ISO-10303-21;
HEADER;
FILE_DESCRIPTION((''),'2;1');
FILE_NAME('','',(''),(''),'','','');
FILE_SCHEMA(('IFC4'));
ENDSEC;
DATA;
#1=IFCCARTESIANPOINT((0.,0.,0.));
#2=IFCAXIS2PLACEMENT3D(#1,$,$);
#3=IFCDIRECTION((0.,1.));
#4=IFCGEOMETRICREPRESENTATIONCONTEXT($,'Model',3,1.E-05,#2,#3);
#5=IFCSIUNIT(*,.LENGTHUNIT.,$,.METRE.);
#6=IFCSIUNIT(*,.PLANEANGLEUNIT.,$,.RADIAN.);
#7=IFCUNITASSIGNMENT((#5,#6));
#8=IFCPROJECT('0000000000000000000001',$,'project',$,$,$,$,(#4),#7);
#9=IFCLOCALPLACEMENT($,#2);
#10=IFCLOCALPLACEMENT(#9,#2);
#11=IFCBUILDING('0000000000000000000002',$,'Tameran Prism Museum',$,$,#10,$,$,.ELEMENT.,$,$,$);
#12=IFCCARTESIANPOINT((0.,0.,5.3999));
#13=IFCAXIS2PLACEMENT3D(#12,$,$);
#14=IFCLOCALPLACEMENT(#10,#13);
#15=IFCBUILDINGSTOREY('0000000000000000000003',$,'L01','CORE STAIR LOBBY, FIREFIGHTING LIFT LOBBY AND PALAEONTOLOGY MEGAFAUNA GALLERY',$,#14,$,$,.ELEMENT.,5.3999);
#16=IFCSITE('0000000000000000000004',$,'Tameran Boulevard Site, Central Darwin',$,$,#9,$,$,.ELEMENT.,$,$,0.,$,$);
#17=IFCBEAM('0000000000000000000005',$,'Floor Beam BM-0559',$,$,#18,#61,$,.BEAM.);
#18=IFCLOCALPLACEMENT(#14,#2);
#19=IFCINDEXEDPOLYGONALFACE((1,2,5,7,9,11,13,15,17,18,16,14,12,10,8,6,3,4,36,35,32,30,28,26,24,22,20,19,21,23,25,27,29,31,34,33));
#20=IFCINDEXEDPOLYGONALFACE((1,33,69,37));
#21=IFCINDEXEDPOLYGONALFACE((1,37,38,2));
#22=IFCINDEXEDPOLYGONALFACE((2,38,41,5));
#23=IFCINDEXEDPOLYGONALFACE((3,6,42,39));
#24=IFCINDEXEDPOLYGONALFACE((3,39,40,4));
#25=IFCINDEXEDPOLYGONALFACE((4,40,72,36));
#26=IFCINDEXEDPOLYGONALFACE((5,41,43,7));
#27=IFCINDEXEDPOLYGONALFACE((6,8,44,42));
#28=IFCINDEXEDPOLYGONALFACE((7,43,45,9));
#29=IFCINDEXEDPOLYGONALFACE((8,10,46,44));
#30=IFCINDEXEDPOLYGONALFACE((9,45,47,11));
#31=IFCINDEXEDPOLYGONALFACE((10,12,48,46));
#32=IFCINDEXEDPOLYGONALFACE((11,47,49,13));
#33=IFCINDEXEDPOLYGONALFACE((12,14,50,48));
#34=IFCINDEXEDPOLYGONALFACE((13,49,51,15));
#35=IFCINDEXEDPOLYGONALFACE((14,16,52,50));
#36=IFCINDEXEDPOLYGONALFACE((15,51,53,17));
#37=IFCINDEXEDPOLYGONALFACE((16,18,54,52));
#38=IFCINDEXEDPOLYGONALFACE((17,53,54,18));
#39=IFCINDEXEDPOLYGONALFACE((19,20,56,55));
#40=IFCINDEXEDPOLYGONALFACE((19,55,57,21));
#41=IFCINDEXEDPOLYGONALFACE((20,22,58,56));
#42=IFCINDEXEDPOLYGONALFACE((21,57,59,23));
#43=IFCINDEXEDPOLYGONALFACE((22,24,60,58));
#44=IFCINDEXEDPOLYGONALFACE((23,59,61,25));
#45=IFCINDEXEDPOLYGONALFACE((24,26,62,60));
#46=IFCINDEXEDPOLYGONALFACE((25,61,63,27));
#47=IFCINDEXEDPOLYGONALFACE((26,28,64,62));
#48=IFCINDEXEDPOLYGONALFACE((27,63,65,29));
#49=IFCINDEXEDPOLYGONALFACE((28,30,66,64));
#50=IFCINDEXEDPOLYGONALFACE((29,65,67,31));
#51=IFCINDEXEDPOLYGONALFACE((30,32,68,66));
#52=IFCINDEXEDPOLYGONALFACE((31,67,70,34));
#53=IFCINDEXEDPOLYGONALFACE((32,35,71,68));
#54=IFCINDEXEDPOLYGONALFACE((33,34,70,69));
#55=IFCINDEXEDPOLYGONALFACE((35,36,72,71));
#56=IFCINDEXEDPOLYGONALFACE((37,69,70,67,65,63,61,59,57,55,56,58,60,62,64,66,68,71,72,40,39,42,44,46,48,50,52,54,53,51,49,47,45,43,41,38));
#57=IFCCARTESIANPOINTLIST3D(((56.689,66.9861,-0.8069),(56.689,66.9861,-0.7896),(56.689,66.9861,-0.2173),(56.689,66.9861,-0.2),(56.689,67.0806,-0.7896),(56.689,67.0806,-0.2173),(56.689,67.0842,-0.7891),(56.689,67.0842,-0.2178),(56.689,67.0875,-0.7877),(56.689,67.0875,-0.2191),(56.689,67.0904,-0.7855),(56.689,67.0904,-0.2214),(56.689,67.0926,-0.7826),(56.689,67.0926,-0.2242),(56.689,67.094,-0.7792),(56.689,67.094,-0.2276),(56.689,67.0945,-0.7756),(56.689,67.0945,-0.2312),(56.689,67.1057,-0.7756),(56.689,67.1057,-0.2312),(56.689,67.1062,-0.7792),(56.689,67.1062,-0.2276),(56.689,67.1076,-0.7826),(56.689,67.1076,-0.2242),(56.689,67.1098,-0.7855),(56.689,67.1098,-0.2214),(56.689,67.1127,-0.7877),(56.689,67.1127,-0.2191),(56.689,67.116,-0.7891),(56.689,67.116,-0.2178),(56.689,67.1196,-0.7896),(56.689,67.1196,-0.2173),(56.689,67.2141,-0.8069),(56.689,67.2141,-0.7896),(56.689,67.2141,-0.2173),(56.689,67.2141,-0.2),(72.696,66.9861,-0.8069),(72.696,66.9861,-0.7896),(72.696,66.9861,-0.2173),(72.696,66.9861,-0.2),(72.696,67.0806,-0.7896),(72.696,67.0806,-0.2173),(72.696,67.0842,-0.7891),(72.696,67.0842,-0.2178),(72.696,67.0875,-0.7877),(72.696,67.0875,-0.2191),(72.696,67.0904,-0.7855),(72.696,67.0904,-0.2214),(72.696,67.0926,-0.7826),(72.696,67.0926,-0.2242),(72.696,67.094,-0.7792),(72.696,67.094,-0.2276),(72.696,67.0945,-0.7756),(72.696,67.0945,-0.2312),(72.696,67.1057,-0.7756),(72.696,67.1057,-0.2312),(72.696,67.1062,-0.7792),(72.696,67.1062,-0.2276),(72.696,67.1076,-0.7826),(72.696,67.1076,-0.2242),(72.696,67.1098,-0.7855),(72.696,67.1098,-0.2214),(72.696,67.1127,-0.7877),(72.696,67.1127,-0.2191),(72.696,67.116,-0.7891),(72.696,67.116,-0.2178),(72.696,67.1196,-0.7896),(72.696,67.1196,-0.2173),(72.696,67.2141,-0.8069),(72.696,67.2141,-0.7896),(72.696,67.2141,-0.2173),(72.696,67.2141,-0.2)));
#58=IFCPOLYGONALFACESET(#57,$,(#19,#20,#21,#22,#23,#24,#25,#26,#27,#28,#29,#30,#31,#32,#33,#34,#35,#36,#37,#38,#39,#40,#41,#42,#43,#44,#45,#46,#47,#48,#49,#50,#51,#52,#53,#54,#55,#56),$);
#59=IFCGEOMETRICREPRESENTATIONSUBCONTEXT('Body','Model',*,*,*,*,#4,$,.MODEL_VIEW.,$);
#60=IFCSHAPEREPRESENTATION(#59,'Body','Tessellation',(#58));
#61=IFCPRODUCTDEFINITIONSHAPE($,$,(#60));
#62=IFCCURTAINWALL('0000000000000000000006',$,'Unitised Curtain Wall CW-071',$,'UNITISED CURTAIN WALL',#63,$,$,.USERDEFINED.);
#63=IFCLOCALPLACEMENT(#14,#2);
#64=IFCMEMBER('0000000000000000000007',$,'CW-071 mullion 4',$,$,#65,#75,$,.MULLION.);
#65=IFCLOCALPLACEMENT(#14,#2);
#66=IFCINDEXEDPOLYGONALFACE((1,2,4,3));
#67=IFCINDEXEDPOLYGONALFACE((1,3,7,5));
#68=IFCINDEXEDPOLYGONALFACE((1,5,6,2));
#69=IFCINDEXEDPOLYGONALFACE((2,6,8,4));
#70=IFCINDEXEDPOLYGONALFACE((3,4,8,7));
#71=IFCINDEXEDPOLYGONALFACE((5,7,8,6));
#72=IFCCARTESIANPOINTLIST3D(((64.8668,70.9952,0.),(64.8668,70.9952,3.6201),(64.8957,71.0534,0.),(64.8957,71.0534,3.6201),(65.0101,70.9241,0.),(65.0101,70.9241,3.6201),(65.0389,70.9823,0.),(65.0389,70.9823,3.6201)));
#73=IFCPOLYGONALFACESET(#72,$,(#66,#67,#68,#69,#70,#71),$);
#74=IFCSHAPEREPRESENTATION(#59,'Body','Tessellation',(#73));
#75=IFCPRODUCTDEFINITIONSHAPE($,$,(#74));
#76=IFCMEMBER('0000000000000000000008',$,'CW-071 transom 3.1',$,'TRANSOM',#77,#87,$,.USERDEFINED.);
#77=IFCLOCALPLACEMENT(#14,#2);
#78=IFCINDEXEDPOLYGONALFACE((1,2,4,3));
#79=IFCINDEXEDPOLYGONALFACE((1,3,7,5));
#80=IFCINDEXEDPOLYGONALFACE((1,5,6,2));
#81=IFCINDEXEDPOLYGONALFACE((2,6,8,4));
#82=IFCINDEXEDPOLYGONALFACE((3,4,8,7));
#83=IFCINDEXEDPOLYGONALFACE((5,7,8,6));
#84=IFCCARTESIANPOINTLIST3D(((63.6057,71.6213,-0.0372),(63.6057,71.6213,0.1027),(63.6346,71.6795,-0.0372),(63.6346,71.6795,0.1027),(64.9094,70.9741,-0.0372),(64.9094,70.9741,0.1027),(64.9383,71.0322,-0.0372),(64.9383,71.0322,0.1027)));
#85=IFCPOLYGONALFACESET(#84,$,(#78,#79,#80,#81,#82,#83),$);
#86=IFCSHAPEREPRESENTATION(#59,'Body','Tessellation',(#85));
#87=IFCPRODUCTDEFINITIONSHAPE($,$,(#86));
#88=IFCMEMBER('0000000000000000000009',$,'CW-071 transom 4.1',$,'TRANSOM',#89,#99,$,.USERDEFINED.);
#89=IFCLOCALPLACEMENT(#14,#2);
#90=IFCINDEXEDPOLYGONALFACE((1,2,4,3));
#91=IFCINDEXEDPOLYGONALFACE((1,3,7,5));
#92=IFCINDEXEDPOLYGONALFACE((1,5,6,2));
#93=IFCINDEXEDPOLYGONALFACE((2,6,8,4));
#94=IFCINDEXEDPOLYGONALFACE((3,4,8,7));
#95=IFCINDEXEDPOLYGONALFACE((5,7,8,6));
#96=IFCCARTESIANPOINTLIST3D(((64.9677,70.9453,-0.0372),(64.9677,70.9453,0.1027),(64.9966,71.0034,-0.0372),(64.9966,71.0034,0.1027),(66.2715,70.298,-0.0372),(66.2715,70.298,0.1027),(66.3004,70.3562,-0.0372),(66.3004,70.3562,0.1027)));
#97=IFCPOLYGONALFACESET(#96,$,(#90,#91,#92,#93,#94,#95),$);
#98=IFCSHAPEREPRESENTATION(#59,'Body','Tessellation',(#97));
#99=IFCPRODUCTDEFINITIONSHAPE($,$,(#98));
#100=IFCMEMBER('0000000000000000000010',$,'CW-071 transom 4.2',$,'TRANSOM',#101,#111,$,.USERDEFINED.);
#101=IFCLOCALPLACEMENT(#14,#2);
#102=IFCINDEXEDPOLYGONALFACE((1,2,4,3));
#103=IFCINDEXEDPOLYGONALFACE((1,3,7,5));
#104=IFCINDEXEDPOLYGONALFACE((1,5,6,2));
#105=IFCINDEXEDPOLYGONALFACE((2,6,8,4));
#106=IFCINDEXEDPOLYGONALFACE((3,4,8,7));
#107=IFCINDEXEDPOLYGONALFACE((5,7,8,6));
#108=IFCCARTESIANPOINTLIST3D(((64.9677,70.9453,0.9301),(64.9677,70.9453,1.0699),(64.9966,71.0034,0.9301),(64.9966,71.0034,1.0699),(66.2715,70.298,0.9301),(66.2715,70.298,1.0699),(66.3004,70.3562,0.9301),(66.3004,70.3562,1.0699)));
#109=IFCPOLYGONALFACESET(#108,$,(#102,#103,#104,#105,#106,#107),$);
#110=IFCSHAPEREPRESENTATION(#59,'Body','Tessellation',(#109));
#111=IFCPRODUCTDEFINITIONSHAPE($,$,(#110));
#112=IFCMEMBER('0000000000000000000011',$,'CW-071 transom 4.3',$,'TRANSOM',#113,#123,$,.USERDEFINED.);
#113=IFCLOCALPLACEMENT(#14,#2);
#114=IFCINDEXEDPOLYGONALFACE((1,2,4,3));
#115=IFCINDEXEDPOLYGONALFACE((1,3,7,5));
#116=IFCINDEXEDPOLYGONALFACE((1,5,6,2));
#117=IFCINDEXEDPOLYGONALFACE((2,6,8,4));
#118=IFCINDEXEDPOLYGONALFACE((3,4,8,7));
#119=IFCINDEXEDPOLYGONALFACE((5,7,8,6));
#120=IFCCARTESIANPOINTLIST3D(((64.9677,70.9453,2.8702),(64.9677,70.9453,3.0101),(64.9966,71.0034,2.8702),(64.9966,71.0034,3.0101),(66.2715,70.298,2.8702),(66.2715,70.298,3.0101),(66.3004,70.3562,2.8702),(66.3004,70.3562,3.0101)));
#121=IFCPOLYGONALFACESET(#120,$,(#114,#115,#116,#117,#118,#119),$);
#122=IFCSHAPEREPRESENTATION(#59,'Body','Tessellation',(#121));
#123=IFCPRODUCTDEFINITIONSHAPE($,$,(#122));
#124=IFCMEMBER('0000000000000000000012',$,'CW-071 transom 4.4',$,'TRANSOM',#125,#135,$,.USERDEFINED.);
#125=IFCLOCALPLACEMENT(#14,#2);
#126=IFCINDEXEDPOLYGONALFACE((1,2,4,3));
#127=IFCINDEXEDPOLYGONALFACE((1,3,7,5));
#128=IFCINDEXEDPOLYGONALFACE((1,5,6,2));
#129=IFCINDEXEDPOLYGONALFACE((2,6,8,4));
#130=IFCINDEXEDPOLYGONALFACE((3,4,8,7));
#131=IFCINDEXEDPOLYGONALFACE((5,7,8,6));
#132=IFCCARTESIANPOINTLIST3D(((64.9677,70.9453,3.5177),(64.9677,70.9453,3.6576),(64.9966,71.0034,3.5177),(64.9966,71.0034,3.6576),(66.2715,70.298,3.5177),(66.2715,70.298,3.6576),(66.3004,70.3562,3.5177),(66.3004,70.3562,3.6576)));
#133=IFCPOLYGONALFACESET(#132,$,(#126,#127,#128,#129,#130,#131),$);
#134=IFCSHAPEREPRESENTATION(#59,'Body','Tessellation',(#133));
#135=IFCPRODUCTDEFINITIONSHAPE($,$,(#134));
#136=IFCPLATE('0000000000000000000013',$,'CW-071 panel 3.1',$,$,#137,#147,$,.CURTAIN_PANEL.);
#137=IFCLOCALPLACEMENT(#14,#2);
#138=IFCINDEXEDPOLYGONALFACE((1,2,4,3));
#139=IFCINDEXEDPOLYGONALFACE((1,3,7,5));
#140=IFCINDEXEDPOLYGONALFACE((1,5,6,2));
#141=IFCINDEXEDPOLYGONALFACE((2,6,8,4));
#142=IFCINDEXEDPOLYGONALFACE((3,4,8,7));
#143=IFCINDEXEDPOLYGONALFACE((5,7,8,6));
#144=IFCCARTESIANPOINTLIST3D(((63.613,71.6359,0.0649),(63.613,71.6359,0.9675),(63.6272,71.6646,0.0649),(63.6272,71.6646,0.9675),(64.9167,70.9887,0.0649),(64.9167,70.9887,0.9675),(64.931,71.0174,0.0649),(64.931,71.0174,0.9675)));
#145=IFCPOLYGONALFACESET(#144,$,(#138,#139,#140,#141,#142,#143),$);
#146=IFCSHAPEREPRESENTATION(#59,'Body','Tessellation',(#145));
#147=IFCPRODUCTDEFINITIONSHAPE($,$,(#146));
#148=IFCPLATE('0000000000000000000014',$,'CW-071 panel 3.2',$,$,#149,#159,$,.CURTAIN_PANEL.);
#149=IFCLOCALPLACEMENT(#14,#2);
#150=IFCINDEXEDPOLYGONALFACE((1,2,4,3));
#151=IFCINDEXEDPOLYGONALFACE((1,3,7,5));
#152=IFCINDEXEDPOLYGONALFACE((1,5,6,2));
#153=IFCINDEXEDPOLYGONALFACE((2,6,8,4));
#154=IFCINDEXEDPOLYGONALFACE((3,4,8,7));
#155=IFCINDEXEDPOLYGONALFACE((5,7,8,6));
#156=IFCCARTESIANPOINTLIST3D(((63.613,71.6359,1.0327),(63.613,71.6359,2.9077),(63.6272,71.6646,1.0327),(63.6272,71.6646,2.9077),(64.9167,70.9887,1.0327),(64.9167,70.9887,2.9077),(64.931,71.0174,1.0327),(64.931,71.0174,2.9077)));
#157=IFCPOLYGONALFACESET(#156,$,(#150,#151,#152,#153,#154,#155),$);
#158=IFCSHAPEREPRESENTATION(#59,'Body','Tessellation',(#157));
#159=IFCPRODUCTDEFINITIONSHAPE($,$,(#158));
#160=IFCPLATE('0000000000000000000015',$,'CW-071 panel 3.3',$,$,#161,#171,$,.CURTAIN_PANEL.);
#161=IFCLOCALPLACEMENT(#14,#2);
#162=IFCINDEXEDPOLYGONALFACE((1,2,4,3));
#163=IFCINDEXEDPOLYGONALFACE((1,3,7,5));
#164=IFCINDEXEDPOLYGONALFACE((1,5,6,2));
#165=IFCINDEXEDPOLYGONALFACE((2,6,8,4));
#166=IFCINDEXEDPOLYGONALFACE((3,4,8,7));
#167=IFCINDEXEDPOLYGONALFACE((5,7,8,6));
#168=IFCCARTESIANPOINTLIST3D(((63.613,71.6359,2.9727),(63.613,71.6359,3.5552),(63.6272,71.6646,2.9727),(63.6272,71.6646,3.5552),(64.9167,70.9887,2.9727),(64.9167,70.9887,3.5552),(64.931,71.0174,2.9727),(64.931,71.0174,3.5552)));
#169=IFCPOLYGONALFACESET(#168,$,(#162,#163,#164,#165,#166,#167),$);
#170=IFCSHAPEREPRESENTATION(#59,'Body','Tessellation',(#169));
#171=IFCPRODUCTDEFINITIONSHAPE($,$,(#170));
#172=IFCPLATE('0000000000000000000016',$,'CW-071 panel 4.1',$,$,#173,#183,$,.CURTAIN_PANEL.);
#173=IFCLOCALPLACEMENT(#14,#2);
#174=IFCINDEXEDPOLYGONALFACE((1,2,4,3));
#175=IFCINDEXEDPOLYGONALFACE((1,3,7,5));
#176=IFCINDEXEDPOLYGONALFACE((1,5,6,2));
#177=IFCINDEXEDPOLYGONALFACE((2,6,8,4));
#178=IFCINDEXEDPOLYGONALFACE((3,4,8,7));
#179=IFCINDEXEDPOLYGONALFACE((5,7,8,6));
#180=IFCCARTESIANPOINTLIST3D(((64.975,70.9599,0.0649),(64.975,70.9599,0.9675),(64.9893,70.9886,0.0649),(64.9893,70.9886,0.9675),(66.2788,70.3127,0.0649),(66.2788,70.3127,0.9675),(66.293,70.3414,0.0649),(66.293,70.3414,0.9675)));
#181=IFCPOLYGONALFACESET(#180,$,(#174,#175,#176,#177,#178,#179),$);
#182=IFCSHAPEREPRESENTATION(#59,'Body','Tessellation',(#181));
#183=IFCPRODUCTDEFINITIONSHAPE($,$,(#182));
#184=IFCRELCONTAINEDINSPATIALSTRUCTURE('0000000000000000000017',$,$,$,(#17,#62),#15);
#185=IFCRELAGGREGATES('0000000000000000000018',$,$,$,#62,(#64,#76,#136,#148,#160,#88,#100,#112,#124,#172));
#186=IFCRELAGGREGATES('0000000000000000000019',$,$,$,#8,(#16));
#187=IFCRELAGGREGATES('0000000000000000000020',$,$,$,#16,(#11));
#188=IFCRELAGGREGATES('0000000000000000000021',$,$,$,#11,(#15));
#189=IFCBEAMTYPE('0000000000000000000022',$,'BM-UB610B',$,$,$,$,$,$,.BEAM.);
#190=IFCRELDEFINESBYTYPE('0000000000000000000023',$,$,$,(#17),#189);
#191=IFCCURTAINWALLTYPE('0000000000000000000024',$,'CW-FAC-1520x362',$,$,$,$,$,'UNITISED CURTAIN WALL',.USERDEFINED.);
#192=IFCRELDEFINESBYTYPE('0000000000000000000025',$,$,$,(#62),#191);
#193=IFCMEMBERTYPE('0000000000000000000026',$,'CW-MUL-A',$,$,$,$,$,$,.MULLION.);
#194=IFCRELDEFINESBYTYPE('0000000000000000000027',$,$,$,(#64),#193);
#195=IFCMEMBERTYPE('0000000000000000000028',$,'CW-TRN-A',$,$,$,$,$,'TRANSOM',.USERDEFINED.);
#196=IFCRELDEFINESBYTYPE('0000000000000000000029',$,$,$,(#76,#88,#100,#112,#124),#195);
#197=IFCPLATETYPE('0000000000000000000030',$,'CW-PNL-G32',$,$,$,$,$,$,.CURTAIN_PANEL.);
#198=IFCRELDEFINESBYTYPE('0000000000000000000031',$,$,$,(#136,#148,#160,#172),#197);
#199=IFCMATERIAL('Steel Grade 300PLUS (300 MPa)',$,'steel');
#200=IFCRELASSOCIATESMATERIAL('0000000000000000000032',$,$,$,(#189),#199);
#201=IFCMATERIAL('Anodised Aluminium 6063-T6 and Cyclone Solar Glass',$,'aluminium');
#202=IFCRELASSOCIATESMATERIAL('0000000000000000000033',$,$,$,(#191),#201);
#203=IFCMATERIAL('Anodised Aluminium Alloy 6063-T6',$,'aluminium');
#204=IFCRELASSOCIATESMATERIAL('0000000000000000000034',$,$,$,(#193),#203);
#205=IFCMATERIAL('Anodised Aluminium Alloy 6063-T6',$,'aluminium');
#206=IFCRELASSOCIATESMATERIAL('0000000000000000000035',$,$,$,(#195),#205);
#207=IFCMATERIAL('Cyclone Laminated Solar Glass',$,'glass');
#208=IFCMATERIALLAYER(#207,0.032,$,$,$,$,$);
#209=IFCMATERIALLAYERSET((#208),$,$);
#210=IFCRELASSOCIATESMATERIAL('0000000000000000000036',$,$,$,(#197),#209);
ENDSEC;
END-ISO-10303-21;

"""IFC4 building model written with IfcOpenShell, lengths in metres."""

from ifc_helpers import new_model, si_unit, direction, frame, origin, origin_2d, place, context, subcontext, project, spatial, rectangle, i_section, extrude, material, layer, layer_set, material_profile, profile_set, type_object, element, aggregate, save


model = new_model("IFC4")

# Units and contexts
model_context = context("Model", 3, precision=1e-05, world=origin(), true_north=direction((0.0, 1.0)))
body_context = subcontext(model_context, "Body", "Model", "MODEL_VIEW")
ifc_project = project(units=[si_unit("LENGTHUNIT", "METRE"), si_unit("PLANEANGLEUNIT", "RADIAN")], contexts=[model_context])

# Site, building, storey
site_placement = place(None, origin())
site = spatial("IfcSite", under=ifc_project, at=site_placement, Name="Tameran Boulevard Site, Central Darwin", CompositionType="ELEMENT", RefElevation=0.0)
building_placement = place(site_placement, origin())
building = spatial("IfcBuilding", under=site, at=building_placement, Name="Tameran Prism Museum", CompositionType="ELEMENT")
storey_placement = place(building_placement, frame((0.0, 0.0, 5.3999)))
storey = spatial("IfcBuildingStorey", under=building, at=storey_placement, Name="L01", Description="CORE STAIR LOBBY, FIREFIGHTING LIFT LOBBY AND PALAEONTOLOGY MEGAFAUNA GALLERY", CompositionType="ELEMENT", Elevation=5.3999)

# Beam
ifc_material_1 = material(Name="Steel Grade 300PLUS (300 MPa)", Category="steel")
ifc_material_profile_1 = material_profile(ifc_material_1, i_section(OverallWidth=0.228, OverallDepth=0.6069, WebThickness=0.0112, FlangeThickness=0.0173, FilletRadius=0.0139, at=origin_2d()))
ifc_profile_set_1 = profile_set([ifc_material_profile_1])
beam_type_1 = type_object("IfcBeamType", Name="BM-UB610B", PredefinedType="BEAM", material=ifc_profile_set_1)
beam_1_placement = place(storey_placement, frame((56.689, 67.1001, -0.5034), z_axis=(1.0, 0.0, 0.0), x_axis=(0.0, 1.0, 0.0)))
element("IfcBeam", 1, at=beam_1_placement, inside=storey, type_object=beam_type_1, Name="Floor Beam BM-0559", PredefinedType="BEAM", context=body_context, shape_type="SweptSolid", body=[
    extrude(i_section(OverallWidth=0.228, OverallDepth=0.6069, WebThickness=0.0112, FlangeThickness=0.0173, FilletRadius=0.0139, at=origin_2d()), origin(), (0.0, 0.0, 1.0), 16.0071),
])

# Curtain wall, members, plates
ifc_material_2 = material(Name="Anodised Aluminium 6063-T6 and Cyclone Solar Glass", Category="aluminium")
curtain_wall_type = type_object("IfcCurtainWallType", Name="CW-FAC-1520x362", ElementType="UNITISED CURTAIN WALL", PredefinedType="USERDEFINED", material=ifc_material_2)
curtain_wall_placement = place(storey_placement, origin())
curtain_wall = element("IfcCurtainWall", 2, at=curtain_wall_placement, inside=storey, type_object=curtain_wall_type, Name="Unitised Curtain Wall CW-071", ObjectType="UNITISED CURTAIN WALL", PredefinedType="USERDEFINED")
ifc_material_3 = material(Name="Anodised Aluminium Alloy 6063-T6", Category="aluminium")
ifc_material_profile_2 = material_profile(ifc_material_3, rectangle(XDim=0.0649, YDim=0.1599, at=origin_2d()))
ifc_profile_set_2 = profile_set([ifc_material_profile_2])
member_type_1 = type_object("IfcMemberType", Name="CW-MUL-A", PredefinedType="MULLION", material=ifc_profile_set_2)
member_1_placement = place(storey_placement, frame((64.9529, 70.9888, 0.0), z_axis=(0.0, 0.0, 1.0), x_axis=(0.444634, 0.895712, 0.0)))
member_1 = element("IfcMember", 3, at=member_1_placement, type_object=member_type_1, Name="CW-071 mullion 4", PredefinedType="MULLION", context=body_context, shape_type="SweptSolid", body=[
    extrude(rectangle(XDim=0.0649, YDim=0.1599, at=origin_2d()), origin(), (0.0, 0.0, 1.0), 3.6201),
])
ifc_material_4 = material(Name="Anodised Aluminium Alloy 6063-T6", Category="aluminium")
ifc_material_profile_3 = material_profile(ifc_material_4, rectangle(XDim=0.0649, YDim=0.1399, at=origin_2d()))
ifc_profile_set_3 = profile_set([ifc_material_profile_3])
member_type_2 = type_object("IfcMemberType", Name="CW-TRN-A", ElementType="TRANSOM", PredefinedType="USERDEFINED", material=ifc_profile_set_3)
member_2_placement = place(storey_placement, frame((63.6201, 71.6504, 0.0327), z_axis=(0.895698, -0.444662, 0.0), x_axis=(0.444662, 0.895698, 0.0)))
member_2 = element("IfcMember", 4, at=member_2_placement, type_object=member_type_2, Name="CW-071 transom 3.1", ObjectType="TRANSOM", PredefinedType="USERDEFINED", context=body_context, shape_type="SweptSolid", body=[
    extrude(rectangle(XDim=0.0649, YDim=0.1399, at=origin_2d()), origin(), (0.0, 0.0, 1.0), 1.4556),
])
member_3_placement = place(storey_placement, frame((64.9822, 70.9744, 0.0327), z_axis=(0.895698, -0.444662, 0.0), x_axis=(0.444662, 0.895698, 0.0)))
member_3 = element("IfcMember", 5, at=member_3_placement, type_object=member_type_2, Name="CW-071 transom 4.1", ObjectType="TRANSOM", PredefinedType="USERDEFINED", context=body_context, shape_type="SweptSolid", body=[
    extrude(rectangle(XDim=0.0649, YDim=0.1399, at=origin_2d()), origin(), (0.0, 0.0, 1.0), 1.4556),
])
member_4_placement = place(storey_placement, frame((64.9822, 70.9744, 1.0), z_axis=(0.895698, -0.444662, 0.0), x_axis=(0.444662, 0.895698, 0.0)))
member_4 = element("IfcMember", 6, at=member_4_placement, type_object=member_type_2, Name="CW-071 transom 4.2", ObjectType="TRANSOM", PredefinedType="USERDEFINED", context=body_context, shape_type="SweptSolid", body=[
    extrude(rectangle(XDim=0.0649, YDim=0.1399, at=origin_2d()), origin(), (0.0, 0.0, 1.0), 1.4556),
])
member_5_placement = place(storey_placement, frame((64.9822, 70.9744, 2.9402), z_axis=(0.895698, -0.444662, 0.0), x_axis=(0.444662, 0.895698, 0.0)))
member_5 = element("IfcMember", 7, at=member_5_placement, type_object=member_type_2, Name="CW-071 transom 4.3", ObjectType="TRANSOM", PredefinedType="USERDEFINED", context=body_context, shape_type="SweptSolid", body=[
    extrude(rectangle(XDim=0.0649, YDim=0.1399, at=origin_2d()), origin(), (0.0, 0.0, 1.0), 1.4556),
])
member_6_placement = place(storey_placement, frame((64.9822, 70.9744, 3.5876), z_axis=(0.895698, -0.444662, 0.0), x_axis=(0.444662, 0.895698, 0.0)))
member_6 = element("IfcMember", 8, at=member_6_placement, type_object=member_type_2, Name="CW-071 transom 4.4", ObjectType="TRANSOM", PredefinedType="USERDEFINED", context=body_context, shape_type="SweptSolid", body=[
    extrude(rectangle(XDim=0.0649, YDim=0.1399, at=origin_2d()), origin(), (0.0, 0.0, 1.0), 1.4556),
])
ifc_material_5 = material(Name="Cyclone Laminated Solar Glass", Category="glass")
ifc_layer_1 = layer(ifc_material_5, 0.032)
ifc_layer_set_1 = layer_set([ifc_layer_1])
plate_type = type_object("IfcPlateType", Name="CW-PNL-G32", PredefinedType="CURTAIN_PANEL", material=ifc_layer_set_1)
plate_1_placement = place(storey_placement, frame((64.272, 71.3267, 0.0649), z_axis=(0.0, 0.0, 1.0), x_axis=(0.895712, -0.444634, 0.0)))
plate_1 = element("IfcPlate", 9, at=plate_1_placement, type_object=plate_type, Name="CW-071 panel 3.1", PredefinedType="CURTAIN_PANEL", context=body_context, shape_type="SweptSolid", body=[
    extrude(rectangle(XDim=1.4556, YDim=0.032, at=origin_2d()), origin(), (0.0, 0.0, 1.0), 0.9026),
])
plate_2_placement = place(storey_placement, frame((64.272, 71.3267, 1.0327), z_axis=(0.0, 0.0, 1.0), x_axis=(0.895712, -0.444634, 0.0)))
plate_2 = element("IfcPlate", 10, at=plate_2_placement, type_object=plate_type, Name="CW-071 panel 3.2", PredefinedType="CURTAIN_PANEL", context=body_context, shape_type="SweptSolid", body=[
    extrude(rectangle(XDim=1.4556, YDim=0.032, at=origin_2d()), origin(), (0.0, 0.0, 1.0), 1.875),
])
plate_3_placement = place(storey_placement, frame((64.272, 71.3267, 2.9727), z_axis=(0.0, 0.0, 1.0), x_axis=(0.895712, -0.444634, 0.0)))
plate_3 = element("IfcPlate", 11, at=plate_3_placement, type_object=plate_type, Name="CW-071 panel 3.3", PredefinedType="CURTAIN_PANEL", context=body_context, shape_type="SweptSolid", body=[
    extrude(rectangle(XDim=1.4556, YDim=0.032, at=origin_2d()), origin(), (0.0, 0.0, 1.0), 0.5825),
])
plate_4_placement = place(storey_placement, frame((65.634, 70.6506, 0.0649), z_axis=(0.0, 0.0, 1.0), x_axis=(0.895712, -0.444634, 0.0)))
plate_4 = element("IfcPlate", 12, at=plate_4_placement, type_object=plate_type, Name="CW-071 panel 4.1", PredefinedType="CURTAIN_PANEL", context=body_context, shape_type="SweptSolid", body=[
    extrude(rectangle(XDim=1.4556, YDim=0.032, at=origin_2d()), origin(), (0.0, 0.0, 1.0), 0.9026),
])
aggregate(curtain_wall, [member_1, member_2, plate_1, plate_2, plate_3, member_3, member_4, member_5, member_6, plate_4])

save(model, "model.ifc")
